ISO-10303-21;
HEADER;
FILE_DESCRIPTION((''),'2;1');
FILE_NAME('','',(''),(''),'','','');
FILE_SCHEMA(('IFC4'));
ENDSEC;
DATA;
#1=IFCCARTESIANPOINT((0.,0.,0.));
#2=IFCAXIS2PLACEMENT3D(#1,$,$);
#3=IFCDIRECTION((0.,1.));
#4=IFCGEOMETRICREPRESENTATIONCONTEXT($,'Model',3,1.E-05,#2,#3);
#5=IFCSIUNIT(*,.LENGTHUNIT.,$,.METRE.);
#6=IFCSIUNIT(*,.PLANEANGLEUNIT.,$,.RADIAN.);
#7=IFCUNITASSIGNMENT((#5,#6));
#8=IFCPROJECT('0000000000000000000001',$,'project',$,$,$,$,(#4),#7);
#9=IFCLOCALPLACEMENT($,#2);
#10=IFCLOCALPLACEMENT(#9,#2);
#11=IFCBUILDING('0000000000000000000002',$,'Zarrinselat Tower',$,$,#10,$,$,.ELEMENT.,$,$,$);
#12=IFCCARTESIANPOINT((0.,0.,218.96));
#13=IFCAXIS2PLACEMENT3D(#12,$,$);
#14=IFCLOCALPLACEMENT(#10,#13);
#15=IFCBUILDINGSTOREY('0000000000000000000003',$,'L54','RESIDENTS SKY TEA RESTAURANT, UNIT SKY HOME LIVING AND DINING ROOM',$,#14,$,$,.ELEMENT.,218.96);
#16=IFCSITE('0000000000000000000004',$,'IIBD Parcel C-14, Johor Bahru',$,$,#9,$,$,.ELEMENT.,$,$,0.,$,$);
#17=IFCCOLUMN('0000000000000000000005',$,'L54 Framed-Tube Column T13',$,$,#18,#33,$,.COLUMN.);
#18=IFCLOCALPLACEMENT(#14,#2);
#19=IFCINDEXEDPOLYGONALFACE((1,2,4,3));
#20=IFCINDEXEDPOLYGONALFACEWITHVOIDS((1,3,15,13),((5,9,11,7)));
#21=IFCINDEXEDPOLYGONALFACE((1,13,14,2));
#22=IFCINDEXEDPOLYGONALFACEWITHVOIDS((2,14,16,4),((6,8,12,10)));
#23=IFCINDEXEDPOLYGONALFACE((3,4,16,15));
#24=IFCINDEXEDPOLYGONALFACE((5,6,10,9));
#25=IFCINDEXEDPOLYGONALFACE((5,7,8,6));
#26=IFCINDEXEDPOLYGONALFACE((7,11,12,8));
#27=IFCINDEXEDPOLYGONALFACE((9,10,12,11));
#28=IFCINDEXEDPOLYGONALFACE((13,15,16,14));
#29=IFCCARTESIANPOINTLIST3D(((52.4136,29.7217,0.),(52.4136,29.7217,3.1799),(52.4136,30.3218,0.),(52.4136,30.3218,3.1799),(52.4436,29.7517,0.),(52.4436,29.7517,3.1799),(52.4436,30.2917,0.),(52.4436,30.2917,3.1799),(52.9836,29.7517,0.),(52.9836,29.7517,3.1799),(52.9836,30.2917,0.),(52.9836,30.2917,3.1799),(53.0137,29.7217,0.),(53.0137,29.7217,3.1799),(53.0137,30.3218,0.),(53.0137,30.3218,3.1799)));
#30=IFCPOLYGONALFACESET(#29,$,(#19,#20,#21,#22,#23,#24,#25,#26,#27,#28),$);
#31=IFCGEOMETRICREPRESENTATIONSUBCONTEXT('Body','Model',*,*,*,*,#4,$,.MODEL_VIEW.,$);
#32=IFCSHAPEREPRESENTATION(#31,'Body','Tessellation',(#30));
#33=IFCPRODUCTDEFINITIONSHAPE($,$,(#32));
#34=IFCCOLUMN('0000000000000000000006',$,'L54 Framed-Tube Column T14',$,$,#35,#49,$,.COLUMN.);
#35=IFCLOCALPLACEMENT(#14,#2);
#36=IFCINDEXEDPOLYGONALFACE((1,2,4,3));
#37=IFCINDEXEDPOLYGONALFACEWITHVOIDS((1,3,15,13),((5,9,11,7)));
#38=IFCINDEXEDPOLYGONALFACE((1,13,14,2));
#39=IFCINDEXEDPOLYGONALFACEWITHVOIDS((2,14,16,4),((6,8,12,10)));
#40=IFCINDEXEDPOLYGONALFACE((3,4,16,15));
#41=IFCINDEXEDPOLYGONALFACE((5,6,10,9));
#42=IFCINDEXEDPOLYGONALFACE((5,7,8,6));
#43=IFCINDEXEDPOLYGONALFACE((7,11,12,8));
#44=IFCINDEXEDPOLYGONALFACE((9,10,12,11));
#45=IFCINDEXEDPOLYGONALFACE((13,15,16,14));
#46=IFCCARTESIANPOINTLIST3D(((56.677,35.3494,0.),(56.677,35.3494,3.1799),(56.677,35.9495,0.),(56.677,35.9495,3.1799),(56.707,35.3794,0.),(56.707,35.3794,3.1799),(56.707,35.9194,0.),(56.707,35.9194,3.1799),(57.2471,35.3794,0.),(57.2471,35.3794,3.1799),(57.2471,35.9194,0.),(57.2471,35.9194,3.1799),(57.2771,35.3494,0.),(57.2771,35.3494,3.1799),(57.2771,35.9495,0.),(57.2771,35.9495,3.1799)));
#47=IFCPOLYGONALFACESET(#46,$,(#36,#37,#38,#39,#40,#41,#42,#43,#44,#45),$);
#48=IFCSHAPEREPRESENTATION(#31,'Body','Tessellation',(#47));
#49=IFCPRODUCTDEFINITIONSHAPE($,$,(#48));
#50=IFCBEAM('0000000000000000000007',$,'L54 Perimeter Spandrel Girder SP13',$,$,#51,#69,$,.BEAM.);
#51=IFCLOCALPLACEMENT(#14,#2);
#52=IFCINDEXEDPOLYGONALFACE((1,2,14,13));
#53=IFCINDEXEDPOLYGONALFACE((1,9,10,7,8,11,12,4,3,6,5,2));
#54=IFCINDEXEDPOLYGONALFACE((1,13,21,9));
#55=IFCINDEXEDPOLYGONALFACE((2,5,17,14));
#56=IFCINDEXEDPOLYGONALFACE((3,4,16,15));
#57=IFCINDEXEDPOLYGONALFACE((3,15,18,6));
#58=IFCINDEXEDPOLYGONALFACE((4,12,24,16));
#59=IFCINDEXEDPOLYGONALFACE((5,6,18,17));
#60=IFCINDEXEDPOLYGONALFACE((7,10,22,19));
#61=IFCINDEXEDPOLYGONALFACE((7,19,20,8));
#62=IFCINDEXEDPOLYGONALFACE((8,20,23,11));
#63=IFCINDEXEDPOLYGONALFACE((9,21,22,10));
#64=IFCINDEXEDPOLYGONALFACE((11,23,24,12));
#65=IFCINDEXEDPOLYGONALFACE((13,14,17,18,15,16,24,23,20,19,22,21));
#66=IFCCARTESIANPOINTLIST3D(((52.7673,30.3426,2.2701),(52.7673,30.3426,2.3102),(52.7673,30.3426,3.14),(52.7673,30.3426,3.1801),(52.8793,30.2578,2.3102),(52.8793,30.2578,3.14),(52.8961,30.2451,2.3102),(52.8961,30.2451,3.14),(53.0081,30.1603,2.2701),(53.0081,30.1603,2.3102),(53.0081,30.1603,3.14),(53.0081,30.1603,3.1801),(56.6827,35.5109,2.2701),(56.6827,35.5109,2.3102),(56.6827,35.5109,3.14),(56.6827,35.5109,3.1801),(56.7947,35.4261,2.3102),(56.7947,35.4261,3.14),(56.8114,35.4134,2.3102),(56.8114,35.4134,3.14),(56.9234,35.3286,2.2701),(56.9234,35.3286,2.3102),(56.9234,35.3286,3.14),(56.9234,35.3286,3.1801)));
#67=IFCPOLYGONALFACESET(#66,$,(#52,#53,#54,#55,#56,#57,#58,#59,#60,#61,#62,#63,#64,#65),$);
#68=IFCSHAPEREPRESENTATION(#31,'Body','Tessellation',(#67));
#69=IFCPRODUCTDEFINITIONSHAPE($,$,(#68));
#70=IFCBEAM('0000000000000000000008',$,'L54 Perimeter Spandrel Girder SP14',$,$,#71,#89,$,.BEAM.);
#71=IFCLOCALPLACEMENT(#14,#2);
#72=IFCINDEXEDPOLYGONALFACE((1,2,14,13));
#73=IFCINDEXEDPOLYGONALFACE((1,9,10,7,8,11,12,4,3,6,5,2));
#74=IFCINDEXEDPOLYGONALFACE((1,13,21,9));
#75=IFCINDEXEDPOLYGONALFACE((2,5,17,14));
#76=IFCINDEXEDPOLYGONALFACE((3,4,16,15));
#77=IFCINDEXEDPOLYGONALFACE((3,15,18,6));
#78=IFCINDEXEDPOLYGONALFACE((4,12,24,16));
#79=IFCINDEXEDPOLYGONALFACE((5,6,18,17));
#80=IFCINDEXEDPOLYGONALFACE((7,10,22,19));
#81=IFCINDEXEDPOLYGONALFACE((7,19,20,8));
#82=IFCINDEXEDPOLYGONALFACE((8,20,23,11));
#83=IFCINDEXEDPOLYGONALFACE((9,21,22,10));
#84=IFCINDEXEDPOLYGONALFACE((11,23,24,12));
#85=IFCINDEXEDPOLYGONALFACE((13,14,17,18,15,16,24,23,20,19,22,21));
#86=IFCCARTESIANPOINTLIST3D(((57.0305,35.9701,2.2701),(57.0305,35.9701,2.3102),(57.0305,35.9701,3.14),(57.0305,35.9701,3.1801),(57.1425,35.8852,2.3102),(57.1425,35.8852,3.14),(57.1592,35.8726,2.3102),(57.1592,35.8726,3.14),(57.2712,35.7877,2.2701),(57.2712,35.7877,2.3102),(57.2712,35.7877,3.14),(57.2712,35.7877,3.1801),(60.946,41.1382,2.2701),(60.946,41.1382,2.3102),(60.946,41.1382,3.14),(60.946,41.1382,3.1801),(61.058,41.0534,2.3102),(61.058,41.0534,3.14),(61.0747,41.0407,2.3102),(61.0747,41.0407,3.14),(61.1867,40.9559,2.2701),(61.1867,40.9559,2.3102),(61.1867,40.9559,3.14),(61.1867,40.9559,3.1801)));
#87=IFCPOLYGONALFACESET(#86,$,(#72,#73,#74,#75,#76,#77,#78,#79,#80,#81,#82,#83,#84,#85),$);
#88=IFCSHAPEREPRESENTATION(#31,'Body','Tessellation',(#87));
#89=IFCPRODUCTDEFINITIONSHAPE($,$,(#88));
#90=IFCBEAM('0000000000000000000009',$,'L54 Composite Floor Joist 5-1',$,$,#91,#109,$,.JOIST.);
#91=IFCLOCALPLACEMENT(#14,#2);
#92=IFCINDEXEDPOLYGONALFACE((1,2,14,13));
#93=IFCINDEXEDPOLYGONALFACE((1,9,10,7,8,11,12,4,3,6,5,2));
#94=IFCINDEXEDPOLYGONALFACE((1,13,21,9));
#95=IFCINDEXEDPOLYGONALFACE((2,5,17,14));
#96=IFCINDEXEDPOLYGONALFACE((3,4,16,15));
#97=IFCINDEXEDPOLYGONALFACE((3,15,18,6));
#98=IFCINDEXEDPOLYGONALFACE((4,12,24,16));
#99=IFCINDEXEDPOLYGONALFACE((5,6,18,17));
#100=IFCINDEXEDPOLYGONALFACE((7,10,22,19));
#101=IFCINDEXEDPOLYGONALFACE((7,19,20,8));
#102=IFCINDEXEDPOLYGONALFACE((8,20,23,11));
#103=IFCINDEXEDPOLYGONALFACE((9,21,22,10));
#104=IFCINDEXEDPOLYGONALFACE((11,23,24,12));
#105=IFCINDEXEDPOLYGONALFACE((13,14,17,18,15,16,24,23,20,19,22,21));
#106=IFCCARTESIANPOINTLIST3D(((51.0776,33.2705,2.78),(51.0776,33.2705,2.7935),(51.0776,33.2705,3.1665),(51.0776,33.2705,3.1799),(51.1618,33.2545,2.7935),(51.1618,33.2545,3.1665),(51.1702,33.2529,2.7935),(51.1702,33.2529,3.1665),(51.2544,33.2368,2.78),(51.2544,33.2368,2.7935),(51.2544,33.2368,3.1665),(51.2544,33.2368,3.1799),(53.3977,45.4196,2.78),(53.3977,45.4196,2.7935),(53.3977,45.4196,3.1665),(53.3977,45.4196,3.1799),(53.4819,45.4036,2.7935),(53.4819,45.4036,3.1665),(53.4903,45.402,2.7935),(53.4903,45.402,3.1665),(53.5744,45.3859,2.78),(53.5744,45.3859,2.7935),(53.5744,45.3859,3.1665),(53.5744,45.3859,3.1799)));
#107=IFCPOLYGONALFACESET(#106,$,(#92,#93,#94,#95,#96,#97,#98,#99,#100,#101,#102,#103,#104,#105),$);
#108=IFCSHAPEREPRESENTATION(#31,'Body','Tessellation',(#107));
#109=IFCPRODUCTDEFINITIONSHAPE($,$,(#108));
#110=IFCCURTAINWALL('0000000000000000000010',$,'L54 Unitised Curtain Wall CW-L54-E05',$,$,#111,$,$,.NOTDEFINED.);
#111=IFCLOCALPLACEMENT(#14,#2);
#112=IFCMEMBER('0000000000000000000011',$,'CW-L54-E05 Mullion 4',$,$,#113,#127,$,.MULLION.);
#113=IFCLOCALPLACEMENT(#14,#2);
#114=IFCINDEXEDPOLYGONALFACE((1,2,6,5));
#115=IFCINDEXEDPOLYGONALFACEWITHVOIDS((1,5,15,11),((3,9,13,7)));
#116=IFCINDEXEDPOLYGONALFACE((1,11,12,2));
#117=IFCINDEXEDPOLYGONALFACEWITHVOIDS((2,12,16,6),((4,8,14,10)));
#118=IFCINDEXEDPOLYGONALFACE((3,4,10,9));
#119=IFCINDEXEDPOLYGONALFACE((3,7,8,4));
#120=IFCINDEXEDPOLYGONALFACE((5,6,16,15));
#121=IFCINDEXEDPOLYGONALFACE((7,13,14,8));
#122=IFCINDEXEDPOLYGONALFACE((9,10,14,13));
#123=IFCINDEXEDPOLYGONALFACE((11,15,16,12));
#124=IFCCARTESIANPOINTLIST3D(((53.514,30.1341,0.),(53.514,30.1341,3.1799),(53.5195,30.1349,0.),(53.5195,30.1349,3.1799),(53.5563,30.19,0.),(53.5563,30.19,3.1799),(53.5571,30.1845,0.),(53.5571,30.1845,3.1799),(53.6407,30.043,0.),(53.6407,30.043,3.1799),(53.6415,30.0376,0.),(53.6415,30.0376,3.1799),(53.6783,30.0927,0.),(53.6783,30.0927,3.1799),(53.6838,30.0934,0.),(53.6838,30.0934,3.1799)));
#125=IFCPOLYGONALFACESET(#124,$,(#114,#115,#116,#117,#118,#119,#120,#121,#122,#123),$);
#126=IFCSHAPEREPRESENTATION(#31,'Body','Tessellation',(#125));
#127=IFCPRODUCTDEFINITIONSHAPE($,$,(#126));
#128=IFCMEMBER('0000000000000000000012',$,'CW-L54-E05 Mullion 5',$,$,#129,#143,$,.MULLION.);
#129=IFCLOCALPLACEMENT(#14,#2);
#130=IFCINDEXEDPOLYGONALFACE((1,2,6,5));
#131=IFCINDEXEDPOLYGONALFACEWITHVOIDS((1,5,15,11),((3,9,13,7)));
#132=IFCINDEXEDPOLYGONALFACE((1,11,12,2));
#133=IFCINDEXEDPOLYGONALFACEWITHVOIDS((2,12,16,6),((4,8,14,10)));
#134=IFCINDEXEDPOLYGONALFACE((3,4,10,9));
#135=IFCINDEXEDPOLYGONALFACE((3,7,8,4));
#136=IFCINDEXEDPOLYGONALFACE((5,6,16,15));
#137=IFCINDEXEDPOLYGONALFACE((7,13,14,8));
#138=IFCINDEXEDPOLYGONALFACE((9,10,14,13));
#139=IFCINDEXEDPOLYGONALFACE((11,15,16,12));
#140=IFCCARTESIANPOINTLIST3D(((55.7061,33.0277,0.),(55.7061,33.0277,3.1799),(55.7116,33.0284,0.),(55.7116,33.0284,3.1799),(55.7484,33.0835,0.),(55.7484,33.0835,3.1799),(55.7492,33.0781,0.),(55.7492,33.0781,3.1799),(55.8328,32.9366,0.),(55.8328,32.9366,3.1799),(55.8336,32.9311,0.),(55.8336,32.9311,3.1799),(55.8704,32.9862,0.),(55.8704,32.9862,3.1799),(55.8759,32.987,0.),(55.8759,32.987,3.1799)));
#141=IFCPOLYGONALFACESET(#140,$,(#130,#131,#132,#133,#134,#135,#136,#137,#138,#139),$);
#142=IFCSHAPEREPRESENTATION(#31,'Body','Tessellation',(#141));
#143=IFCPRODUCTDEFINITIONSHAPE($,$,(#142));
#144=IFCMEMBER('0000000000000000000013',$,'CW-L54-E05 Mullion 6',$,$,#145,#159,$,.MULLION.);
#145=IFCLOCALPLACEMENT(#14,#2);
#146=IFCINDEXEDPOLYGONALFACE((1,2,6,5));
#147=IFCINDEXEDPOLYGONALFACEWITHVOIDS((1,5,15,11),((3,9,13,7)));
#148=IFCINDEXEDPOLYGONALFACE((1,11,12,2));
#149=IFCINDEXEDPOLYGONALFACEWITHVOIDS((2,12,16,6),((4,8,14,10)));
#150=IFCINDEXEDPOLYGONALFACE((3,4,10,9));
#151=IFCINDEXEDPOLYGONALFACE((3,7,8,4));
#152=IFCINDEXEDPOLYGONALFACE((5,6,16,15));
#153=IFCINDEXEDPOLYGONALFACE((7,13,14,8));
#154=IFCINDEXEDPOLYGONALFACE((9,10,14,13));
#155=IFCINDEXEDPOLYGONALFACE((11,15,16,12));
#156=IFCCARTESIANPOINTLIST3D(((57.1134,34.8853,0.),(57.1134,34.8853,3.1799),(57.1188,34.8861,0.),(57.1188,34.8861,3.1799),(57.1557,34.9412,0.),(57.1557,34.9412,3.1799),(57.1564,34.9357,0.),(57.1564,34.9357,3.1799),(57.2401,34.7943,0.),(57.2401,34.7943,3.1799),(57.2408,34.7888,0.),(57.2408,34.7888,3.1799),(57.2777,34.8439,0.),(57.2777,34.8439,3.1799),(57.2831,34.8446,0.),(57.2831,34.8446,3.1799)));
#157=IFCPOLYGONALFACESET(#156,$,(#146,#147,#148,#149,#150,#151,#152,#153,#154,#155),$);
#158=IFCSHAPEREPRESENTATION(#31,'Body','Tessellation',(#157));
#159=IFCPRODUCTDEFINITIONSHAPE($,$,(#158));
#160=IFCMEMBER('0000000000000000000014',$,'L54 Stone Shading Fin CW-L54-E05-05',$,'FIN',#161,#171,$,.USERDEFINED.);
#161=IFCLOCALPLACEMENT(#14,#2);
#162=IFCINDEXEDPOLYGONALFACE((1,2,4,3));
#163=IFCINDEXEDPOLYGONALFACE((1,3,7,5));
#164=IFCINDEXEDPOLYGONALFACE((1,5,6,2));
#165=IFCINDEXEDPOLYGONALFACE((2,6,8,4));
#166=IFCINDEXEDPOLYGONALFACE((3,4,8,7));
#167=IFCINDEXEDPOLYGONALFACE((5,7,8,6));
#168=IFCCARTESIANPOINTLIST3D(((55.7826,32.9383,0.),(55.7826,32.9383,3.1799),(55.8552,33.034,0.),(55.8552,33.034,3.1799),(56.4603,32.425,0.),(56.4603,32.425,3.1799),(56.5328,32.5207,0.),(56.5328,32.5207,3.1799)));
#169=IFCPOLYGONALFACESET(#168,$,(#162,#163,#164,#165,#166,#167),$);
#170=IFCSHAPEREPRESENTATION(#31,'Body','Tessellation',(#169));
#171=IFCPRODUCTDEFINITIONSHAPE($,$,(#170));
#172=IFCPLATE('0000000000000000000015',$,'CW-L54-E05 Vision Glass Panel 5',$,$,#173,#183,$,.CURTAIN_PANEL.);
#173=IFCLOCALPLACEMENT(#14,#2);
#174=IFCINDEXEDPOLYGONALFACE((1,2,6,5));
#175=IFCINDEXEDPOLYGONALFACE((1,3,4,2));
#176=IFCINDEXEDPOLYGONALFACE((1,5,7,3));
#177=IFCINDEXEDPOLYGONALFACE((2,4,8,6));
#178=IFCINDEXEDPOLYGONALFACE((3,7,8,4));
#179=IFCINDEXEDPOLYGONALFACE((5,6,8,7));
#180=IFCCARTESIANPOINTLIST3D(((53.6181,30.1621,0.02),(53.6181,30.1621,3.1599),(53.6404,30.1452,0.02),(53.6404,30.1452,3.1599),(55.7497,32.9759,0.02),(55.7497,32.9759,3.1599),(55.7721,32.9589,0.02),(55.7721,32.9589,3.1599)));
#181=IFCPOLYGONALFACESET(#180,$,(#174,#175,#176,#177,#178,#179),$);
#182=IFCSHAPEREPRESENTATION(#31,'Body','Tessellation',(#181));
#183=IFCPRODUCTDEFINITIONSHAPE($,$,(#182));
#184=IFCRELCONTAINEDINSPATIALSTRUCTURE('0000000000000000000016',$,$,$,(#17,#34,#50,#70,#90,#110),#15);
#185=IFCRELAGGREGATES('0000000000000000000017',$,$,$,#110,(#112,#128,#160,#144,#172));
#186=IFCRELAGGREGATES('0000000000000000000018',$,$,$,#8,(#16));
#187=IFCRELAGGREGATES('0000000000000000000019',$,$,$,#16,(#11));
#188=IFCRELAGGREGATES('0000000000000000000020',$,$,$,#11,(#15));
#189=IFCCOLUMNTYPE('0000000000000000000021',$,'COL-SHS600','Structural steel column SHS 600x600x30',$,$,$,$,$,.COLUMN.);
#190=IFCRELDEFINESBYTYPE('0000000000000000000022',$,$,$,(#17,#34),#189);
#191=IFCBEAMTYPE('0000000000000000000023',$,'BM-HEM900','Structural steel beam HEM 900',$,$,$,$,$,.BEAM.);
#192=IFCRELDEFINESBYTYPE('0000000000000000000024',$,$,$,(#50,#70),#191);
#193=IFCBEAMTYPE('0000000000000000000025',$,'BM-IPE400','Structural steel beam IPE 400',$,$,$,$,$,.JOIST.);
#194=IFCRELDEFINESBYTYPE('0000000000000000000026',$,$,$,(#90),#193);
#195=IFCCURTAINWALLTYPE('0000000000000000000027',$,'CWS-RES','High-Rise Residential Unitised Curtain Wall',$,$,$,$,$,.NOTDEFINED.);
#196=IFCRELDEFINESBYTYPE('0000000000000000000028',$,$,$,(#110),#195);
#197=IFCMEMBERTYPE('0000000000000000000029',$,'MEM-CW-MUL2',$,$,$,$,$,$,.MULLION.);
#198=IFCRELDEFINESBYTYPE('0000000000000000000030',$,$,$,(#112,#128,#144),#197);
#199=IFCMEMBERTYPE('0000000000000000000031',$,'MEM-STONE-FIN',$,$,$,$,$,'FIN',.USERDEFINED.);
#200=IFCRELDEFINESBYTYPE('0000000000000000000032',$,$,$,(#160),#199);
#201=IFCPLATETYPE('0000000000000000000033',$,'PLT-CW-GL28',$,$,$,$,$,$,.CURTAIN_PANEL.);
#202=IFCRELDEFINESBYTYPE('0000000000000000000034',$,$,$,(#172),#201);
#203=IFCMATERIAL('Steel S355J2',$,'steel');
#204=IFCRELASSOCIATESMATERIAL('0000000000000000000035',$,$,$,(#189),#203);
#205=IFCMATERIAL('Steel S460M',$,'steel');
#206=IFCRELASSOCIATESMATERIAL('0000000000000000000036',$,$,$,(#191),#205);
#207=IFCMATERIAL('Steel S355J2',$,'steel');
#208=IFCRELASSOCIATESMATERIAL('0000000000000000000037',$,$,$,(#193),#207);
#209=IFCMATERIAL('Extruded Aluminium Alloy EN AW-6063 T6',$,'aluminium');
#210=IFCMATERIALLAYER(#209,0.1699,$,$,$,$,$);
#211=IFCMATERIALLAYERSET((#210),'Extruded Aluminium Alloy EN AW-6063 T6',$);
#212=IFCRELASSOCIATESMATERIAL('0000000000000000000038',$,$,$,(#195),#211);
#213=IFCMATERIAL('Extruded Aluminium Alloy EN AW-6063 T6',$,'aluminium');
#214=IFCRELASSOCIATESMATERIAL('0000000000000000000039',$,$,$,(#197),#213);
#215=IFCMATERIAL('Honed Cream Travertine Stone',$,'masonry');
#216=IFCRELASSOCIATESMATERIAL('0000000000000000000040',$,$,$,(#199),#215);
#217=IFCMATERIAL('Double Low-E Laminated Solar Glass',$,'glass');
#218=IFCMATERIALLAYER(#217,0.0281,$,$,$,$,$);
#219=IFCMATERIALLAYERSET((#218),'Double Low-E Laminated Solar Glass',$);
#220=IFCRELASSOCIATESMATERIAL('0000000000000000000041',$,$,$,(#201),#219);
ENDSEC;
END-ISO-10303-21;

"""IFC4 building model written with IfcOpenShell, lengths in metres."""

from ifc_helpers import new_model, si_unit, direction, frame, origin, origin_2d, place, context, subcontext, project, spatial, rectangle, hollow_rectangle, i_section, extrude, material, layer, layer_set, material_profile, profile_set, type_object, element, aggregate, save


model = new_model("IFC4")

# Units and contexts
model_context = context("Model", 3, precision=1e-05, world=origin(), true_north=direction((0.0, 1.0)))
body_context = subcontext(model_context, "Body", "Model", "MODEL_VIEW")
ifc_project = project(units=[si_unit("LENGTHUNIT", "METRE"), si_unit("PLANEANGLEUNIT", "RADIAN")], contexts=[model_context])

# Site, building, storey
site_placement = place(None, origin())
site = spatial("IfcSite", under=ifc_project, at=site_placement, Name="IIBD Parcel C-14, Johor Bahru", CompositionType="ELEMENT", RefElevation=0.0)
building_placement = place(site_placement, origin())
building = spatial("IfcBuilding", under=site, at=building_placement, Name="Zarrinselat Tower", CompositionType="ELEMENT")
storey_placement = place(building_placement, frame((0.0, 0.0, 218.96)))
storey = spatial("IfcBuildingStorey", under=building, at=storey_placement, Name="L54", Description="RESIDENTS SKY TEA RESTAURANT, UNIT SKY HOME LIVING AND DINING ROOM", CompositionType="ELEMENT", Elevation=218.96)

# Columns
ifc_material_1 = material(Name="Steel S355J2", Category="steel")
ifc_material_profile_1 = material_profile(ifc_material_1, hollow_rectangle(XDim=0.6001, YDim=0.6001, WallThickness=0.03, at=origin_2d()), Name="SHS 600x600x30")
ifc_profile_set_1 = profile_set([ifc_material_profile_1], Name="Steel S355J2")
column_type = type_object("IfcColumnType", Name="COL-SHS600", Description="Structural steel column SHS 600x600x30", PredefinedType="COLUMN", material=ifc_profile_set_1)
for number, where, z_axis, x_axis, name in (
    (1, (52.7136, 30.0217, 0.0), (0.0, 0.0, 1.0), (1.0, 0.0, 0.0), "L54 Framed-Tube Column T13"),
    (2, (56.9771, 35.6494, 0.0), (0.0, 0.0, 1.0), (1.0, 0.0, 0.0), "L54 Framed-Tube Column T14"),
):
    element("IfcColumn", number, at=place(storey_placement, frame(where, z_axis=z_axis, x_axis=x_axis)), inside=storey, type_object=column_type, Name=name, PredefinedType="COLUMN", context=body_context, shape_type="SweptSolid", body=[
        extrude(hollow_rectangle(XDim=0.6001, YDim=0.6001, WallThickness=0.03, at=origin_2d()), origin(), (0.0, 0.0, 1.0), 3.1799),
    ])

# Beams
ifc_material_2 = material(Name="Steel S460M", Category="steel")
ifc_material_profile_2 = material_profile(ifc_material_2, i_section(OverallWidth=0.302, OverallDepth=0.9099, WebThickness=0.021, FlangeThickness=0.04, at=origin_2d()), Name="HEM 900")
ifc_profile_set_2 = profile_set([ifc_material_profile_2], Name="Steel S460M")
beam_type_1 = type_object("IfcBeamType", Name="BM-HEM900", Description="Structural steel beam HEM 900", PredefinedType="BEAM", material=ifc_profile_set_2)
for number, where, z_axis, x_axis, name in (
    (3, (52.8877, 30.2515, 2.7251), (0.603855, 0.797094, 0.0), (-0.797094, 0.603855, 0.0), "L54 Perimeter Spandrel Girder SP13"),
    (4, (57.1509, 35.8789, 2.7251), (0.603879, 0.797076, 0.0), (-0.797076, 0.603879, 0.0), "L54 Perimeter Spandrel Girder SP14"),
):
    element("IfcBeam", number, at=place(storey_placement, frame(where, z_axis=z_axis, x_axis=x_axis)), inside=storey, type_object=beam_type_1, Name=name, PredefinedType="BEAM", context=body_context, shape_type="SweptSolid", body=[
        extrude(i_section(OverallWidth=0.302, OverallDepth=0.9099, WebThickness=0.021, FlangeThickness=0.04, at=origin_2d()), origin(), (0.0, 0.0, 1.0), 6.4839),
    ])
ifc_material_3 = material(Name="Steel S355J2", Category="steel")
ifc_material_profile_3 = material_profile(ifc_material_3, i_section(OverallWidth=0.1799, OverallDepth=0.3999, WebThickness=0.0085, FlangeThickness=0.0134, at=origin_2d()), Name="IPE 400")
ifc_profile_set_3 = profile_set([ifc_material_profile_3], Name="Steel S355J2")
beam_type_2 = type_object("IfcBeamType", Name="BM-IPE400", Description="Structural steel beam IPE 400", PredefinedType="JOIST", material=ifc_profile_set_3)
beam_placement = place(storey_placement, frame((51.166, 33.2537, 2.98), z_axis=(0.187576, 0.98225, 0.0), x_axis=(-0.98225, 0.187576, 0.0)))
element("IfcBeam", 5, at=beam_placement, inside=storey, type_object=beam_type_2, Name="L54 Composite Floor Joist 5-1", PredefinedType="JOIST", context=body_context, shape_type="SweptSolid", body=[
    extrude(i_section(OverallWidth=0.1799, OverallDepth=0.3999, WebThickness=0.0085, FlangeThickness=0.0134, at=origin_2d()), origin(), (0.0, 0.0, 1.0), 12.3687),
])

# Curtain wall, members, plate
ifc_material_4 = material(Name="Extruded Aluminium Alloy EN AW-6063 T6", Category="aluminium")
ifc_layer_1 = layer(ifc_material_4, 0.1699)
ifc_layer_set_1 = layer_set([ifc_layer_1], Name="Extruded Aluminium Alloy EN AW-6063 T6")
curtain_wall_type = type_object("IfcCurtainWallType", Name="CWS-RES", Description="High-Rise Residential Unitised Curtain Wall", PredefinedType="NOTDEFINED", material=ifc_layer_set_1)
curtain_wall_placement = place(storey_placement, origin())
curtain_wall = element("IfcCurtainWall", 6, at=curtain_wall_placement, inside=storey, type_object=curtain_wall_type, Name="L54 Unitised Curtain Wall CW-L54-E05", PredefinedType="NOTDEFINED")
ifc_material_5 = material(Name="Extruded Aluminium Alloy EN AW-6063 T6", Category="aluminium")
ifc_material_profile_4 = material_profile(ifc_material_5, hollow_rectangle(XDim=0.0701, YDim=0.1599, WallThickness=0.0039, at=origin_2d()), Name="RHS 160x70x4")
ifc_profile_set_4 = profile_set([ifc_material_profile_4], Name="Extruded Aluminium Alloy EN AW-6063 T6")
member_type_1 = type_object("IfcMemberType", Name="MEM-CW-MUL2", PredefinedType="MULLION", material=ifc_profile_set_4)
member_1_placement = place(storey_placement, frame((53.5989, 30.1138, 0.0), z_axis=(0.0, 0.0, 1.0), x_axis=(0.603859, 0.797091, 0.0)))
member_1 = element("IfcMember", 7, at=member_1_placement, type_object=member_type_1, Name="CW-L54-E05 Mullion 4", PredefinedType="MULLION", context=body_context, shape_type="SweptSolid", body=[
    extrude(hollow_rectangle(XDim=0.0701, YDim=0.1599, WallThickness=0.0039, at=origin_2d()), origin(), (0.0, 0.0, 1.0), 3.1799),
])
member_2_placement = place(storey_placement, frame((55.791, 33.0073, 0.0), z_axis=(0.0, 0.0, 1.0), x_axis=(0.603859, 0.797091, 0.0)))
member_2 = element("IfcMember", 8, at=member_2_placement, type_object=member_type_1, Name="CW-L54-E05 Mullion 5", PredefinedType="MULLION", context=body_context, shape_type="SweptSolid", body=[
    extrude(hollow_rectangle(XDim=0.0701, YDim=0.1599, WallThickness=0.0039, at=origin_2d()), origin(), (0.0, 0.0, 1.0), 3.1799),
])
member_3_placement = place(storey_placement, frame((57.1982, 34.865, 0.0), z_axis=(0.0, 0.0, 1.0), x_axis=(0.603859, 0.797091, 0.0)))
member_3 = element("IfcMember", 9, at=member_3_placement, type_object=member_type_1, Name="CW-L54-E05 Mullion 6", PredefinedType="MULLION", context=body_context, shape_type="SweptSolid", body=[
    extrude(hollow_rectangle(XDim=0.0701, YDim=0.1599, WallThickness=0.0039, at=origin_2d()), origin(), (0.0, 0.0, 1.0), 3.1799),
])
ifc_material_6 = material(Name="Honed Cream Travertine Stone", Category="masonry")
ifc_material_profile_5 = material_profile(ifc_material_6, rectangle(XDim=0.1201, YDim=0.8501, at=origin_2d()), Name="FIN 850x120")
ifc_profile_set_5 = profile_set([ifc_material_profile_5], Name="Honed Cream Travertine Stone")
member_type_2 = type_object("IfcMemberType", Name="MEM-STONE-FIN", ElementType="FIN", PredefinedType="USERDEFINED", material=ifc_profile_set_5)
member_4_placement = place(storey_placement, frame((56.1577, 32.7295, 0.0), z_axis=(0.0, 0.0, 1.0), x_axis=(-0.603859, -0.797091, 0.0)))
member_4 = element("IfcMember", 10, at=member_4_placement, type_object=member_type_2, Name="L54 Stone Shading Fin CW-L54-E05-05", ObjectType="FIN", PredefinedType="USERDEFINED", context=body_context, shape_type="SweptSolid", body=[
    extrude(rectangle(XDim=0.1201, YDim=0.8501, at=origin_2d()), origin(), (0.0, 0.0, 1.0), 3.1799),
])
ifc_material_7 = material(Name="Double Low-E Laminated Solar Glass", Category="glass")
ifc_layer_2 = layer(ifc_material_7, 0.0281)
ifc_layer_set_2 = layer_set([ifc_layer_2], Name="Double Low-E Laminated Solar Glass")
plate_type = type_object("IfcPlateType", Name="PLT-CW-GL28", PredefinedType="CURTAIN_PANEL", material=ifc_layer_set_2)
plate_1_placement = place(storey_placement, frame((54.6951, 31.5605, 0.02), z_axis=(0.0, 0.0, 1.0), x_axis=(0.603859, 0.797091, 0.0)))
plate_1 = element("IfcPlate", 11, at=plate_1_placement, type_object=plate_type, Name="CW-L54-E05 Vision Glass Panel 5", PredefinedType="CURTAIN_PANEL", context=body_context, shape_type="SweptSolid", body=[
    extrude(rectangle(XDim=3.53, YDim=0.0281, at=origin_2d()), origin(), (0.0, 0.0, 1.0), 3.1399),
])
aggregate(curtain_wall, [member_1, member_2, member_4, member_3, plate_1])

save(model, "model.ifc")
